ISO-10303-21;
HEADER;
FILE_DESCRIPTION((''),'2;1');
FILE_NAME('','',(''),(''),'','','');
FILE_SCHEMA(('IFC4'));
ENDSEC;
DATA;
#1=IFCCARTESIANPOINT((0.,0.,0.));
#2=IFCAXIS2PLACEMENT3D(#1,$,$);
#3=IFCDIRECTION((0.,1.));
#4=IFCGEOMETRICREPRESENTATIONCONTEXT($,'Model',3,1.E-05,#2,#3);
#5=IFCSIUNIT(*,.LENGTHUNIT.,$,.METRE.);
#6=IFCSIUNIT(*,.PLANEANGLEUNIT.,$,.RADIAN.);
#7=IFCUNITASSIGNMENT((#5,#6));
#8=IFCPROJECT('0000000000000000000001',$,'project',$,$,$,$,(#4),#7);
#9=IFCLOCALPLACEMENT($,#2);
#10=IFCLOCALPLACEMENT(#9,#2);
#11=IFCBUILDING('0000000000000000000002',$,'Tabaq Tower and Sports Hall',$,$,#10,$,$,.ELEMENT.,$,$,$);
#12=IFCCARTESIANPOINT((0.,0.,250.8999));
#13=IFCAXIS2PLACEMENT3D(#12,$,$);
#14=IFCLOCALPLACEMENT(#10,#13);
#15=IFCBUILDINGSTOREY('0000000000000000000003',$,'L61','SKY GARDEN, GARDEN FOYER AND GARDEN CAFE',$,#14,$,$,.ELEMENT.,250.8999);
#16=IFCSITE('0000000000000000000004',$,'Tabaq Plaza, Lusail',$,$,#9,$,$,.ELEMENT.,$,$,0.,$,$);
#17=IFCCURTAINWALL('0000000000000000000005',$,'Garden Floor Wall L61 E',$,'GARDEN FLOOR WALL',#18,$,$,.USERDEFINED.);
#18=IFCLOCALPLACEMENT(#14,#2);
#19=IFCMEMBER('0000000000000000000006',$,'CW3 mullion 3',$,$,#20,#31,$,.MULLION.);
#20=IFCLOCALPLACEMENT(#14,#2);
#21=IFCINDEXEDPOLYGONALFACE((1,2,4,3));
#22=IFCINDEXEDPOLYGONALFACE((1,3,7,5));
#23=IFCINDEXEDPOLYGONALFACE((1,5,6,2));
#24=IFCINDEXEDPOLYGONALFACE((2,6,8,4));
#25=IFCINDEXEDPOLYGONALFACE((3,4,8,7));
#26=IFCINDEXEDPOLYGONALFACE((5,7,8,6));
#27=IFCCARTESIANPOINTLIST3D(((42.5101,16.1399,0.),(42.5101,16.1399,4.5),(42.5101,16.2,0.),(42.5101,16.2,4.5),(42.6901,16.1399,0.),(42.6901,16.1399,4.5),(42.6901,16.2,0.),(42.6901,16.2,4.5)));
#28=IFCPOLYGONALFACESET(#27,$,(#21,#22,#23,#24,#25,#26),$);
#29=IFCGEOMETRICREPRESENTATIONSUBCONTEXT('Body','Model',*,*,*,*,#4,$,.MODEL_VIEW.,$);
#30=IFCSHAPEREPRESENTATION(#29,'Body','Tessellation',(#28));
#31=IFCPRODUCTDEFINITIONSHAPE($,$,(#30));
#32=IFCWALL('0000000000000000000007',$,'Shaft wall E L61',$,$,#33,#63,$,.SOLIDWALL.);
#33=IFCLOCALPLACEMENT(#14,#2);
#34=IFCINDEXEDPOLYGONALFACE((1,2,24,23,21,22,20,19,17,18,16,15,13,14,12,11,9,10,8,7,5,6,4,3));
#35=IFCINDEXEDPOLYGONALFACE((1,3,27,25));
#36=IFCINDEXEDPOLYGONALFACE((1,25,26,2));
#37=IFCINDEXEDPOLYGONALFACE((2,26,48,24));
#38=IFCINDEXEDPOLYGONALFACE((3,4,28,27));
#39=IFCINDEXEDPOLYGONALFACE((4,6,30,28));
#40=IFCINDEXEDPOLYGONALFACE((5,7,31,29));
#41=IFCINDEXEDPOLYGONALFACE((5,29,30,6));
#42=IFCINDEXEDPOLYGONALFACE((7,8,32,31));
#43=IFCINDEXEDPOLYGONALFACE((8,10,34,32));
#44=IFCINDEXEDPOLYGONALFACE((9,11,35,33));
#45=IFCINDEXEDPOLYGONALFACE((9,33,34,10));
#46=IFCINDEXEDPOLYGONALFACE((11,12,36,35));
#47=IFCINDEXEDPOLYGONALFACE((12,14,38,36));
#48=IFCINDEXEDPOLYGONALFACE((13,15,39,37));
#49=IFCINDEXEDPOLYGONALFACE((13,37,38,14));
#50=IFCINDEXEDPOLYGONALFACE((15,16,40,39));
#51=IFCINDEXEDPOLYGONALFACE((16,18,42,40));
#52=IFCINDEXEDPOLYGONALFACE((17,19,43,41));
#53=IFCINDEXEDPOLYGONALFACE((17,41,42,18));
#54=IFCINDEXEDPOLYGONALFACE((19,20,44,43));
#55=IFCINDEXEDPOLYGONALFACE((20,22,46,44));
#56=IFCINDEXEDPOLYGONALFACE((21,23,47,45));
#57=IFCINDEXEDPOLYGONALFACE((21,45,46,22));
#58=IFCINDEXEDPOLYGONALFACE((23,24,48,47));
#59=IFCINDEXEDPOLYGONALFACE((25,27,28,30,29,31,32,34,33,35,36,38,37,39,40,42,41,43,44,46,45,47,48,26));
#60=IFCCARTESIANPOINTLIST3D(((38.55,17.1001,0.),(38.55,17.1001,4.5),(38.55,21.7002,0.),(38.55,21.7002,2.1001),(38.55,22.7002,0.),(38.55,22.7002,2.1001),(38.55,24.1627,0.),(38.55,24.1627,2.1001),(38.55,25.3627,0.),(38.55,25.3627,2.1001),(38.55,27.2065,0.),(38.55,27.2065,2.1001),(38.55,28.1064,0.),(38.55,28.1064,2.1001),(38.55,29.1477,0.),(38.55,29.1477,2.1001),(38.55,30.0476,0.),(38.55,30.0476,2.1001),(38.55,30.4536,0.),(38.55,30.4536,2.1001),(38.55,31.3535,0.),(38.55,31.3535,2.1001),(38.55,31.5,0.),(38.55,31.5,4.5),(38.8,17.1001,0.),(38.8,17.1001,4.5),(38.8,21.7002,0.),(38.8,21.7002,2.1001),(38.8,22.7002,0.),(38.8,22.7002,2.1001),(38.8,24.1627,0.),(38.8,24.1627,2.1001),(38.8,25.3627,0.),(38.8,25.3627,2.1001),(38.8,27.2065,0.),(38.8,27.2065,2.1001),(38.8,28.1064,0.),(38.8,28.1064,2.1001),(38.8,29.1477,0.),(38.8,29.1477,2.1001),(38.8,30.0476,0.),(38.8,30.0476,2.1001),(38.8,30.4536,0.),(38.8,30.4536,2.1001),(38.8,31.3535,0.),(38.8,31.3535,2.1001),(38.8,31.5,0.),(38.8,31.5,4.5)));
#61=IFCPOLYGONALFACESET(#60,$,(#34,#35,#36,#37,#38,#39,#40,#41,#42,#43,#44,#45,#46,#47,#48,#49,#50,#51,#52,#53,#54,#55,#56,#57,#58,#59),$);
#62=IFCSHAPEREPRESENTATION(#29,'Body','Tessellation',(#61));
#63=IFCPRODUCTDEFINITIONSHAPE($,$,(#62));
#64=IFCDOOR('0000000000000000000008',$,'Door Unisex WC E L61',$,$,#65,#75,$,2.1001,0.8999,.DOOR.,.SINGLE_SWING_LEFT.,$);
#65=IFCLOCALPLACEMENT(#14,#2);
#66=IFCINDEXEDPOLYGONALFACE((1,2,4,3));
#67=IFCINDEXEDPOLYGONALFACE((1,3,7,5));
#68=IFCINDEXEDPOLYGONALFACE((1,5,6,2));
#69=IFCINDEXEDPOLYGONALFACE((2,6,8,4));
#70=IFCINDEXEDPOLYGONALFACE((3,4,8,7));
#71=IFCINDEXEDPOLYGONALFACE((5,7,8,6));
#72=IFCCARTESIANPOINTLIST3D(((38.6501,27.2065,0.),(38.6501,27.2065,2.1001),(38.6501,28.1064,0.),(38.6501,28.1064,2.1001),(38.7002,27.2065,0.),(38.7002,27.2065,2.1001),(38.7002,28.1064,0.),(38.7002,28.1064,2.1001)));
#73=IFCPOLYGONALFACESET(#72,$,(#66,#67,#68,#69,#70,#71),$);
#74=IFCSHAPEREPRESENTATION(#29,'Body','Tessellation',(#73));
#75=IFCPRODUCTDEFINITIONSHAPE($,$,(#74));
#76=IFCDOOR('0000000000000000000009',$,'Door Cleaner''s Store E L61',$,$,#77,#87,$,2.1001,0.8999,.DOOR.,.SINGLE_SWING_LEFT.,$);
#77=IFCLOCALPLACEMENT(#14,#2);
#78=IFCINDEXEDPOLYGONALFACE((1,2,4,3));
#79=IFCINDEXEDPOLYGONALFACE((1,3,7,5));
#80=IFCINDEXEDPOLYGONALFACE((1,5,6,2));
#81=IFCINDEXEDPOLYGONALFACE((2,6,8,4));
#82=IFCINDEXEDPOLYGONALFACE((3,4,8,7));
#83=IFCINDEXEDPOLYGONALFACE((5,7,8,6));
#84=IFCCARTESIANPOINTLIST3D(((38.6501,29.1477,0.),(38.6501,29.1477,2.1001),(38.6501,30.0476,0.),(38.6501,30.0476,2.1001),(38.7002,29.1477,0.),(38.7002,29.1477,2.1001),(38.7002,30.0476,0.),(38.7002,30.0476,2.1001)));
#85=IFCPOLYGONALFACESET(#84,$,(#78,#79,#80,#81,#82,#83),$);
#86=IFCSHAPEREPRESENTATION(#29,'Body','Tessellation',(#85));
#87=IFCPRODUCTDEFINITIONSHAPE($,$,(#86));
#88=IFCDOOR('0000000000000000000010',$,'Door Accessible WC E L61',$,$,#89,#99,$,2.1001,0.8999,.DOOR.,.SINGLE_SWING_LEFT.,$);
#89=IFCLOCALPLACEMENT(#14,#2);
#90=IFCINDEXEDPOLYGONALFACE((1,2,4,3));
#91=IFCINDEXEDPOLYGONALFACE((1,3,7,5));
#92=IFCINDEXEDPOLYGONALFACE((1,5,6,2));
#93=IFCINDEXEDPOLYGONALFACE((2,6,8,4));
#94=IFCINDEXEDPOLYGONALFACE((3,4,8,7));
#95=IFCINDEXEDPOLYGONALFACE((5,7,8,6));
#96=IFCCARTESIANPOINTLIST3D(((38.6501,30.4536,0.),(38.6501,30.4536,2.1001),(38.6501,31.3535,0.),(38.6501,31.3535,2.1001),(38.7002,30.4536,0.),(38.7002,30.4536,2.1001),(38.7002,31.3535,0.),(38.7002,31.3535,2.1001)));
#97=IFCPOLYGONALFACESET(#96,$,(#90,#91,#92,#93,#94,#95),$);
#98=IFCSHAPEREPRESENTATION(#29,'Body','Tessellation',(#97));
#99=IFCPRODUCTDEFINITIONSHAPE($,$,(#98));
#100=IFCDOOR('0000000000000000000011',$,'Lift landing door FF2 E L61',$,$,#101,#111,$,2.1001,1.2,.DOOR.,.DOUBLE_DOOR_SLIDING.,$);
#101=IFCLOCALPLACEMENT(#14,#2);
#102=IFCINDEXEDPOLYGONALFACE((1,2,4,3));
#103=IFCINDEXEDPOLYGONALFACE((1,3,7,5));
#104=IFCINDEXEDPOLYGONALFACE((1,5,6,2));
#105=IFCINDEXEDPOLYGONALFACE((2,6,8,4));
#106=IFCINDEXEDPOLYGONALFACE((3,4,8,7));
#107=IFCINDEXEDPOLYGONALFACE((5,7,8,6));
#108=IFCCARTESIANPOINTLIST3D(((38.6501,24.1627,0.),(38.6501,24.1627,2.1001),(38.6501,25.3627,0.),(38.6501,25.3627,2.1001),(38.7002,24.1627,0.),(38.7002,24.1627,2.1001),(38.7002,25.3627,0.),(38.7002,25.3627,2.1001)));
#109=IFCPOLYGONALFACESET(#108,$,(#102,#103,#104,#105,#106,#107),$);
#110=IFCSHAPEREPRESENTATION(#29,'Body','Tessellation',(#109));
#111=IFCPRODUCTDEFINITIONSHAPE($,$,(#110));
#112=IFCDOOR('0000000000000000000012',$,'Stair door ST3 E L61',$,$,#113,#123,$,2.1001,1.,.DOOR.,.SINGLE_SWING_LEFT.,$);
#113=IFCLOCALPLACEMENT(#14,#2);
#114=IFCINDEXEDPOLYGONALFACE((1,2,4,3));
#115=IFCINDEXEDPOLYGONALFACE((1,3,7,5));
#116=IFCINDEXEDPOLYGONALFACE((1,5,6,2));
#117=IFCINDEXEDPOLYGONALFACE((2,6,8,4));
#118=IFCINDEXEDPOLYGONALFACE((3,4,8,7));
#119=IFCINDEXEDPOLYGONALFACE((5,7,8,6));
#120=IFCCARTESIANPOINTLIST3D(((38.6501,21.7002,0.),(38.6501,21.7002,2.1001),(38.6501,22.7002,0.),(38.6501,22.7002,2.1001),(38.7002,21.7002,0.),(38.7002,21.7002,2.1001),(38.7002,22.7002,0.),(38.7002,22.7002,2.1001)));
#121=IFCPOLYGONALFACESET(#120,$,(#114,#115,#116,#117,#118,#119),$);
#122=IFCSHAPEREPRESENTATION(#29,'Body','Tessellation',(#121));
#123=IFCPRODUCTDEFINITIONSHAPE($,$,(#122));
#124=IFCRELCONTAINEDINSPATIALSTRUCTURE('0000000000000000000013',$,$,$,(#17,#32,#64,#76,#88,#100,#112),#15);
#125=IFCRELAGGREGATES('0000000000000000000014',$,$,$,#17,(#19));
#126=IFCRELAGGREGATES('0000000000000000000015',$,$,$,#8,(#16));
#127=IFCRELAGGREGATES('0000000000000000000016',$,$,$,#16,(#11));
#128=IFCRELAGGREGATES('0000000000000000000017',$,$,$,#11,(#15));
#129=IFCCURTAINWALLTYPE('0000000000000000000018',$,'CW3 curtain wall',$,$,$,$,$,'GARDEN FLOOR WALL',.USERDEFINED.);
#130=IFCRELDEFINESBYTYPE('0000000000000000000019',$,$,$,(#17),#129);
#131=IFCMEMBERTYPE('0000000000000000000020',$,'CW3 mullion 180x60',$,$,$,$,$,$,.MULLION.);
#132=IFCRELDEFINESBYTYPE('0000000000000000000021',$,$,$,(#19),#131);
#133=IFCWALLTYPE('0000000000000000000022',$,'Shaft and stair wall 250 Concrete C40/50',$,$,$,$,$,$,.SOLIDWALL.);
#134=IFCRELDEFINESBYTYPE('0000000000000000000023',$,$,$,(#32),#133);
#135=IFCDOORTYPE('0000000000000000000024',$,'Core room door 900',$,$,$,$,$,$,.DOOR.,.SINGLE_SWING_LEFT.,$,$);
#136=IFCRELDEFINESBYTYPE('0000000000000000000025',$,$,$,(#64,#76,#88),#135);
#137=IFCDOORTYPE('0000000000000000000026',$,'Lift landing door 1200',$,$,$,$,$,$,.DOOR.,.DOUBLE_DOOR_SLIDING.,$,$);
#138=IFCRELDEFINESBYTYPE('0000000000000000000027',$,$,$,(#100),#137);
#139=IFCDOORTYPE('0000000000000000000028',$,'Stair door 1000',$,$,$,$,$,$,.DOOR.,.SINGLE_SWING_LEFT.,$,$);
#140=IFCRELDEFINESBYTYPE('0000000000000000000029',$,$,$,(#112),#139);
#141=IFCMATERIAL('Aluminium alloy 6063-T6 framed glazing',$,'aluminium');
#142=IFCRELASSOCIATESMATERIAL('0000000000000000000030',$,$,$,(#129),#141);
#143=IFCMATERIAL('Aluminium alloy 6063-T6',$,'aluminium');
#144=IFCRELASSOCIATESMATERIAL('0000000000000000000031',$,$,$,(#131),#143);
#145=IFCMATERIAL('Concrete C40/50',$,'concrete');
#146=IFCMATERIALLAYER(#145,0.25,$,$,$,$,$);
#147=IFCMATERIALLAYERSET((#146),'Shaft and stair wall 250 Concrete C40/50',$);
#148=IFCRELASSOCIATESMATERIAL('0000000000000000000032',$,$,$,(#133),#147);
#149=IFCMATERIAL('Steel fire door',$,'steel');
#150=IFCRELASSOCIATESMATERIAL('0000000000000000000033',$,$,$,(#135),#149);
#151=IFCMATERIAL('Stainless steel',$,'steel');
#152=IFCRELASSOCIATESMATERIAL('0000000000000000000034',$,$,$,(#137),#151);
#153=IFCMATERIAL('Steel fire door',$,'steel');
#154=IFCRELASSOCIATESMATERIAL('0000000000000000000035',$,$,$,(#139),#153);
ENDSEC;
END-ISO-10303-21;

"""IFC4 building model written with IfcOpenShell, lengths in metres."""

from ifc_helpers import new_model, si_unit, direction, frame, frame_2d, origin, origin_2d, place, context, subcontext, project, spatial, rectangle, extrude, material, layer, layer_set, material_profile, profile_set, type_object, element, fill, aggregate, save


model = new_model("IFC4")

# Units and contexts
model_context = context("Model", 3, precision=1e-05, world=origin(), true_north=direction((0.0, 1.0)))
body_context = subcontext(model_context, "Body", "Model", "MODEL_VIEW")
ifc_project = project(units=[si_unit("LENGTHUNIT", "METRE"), si_unit("PLANEANGLEUNIT", "RADIAN")], contexts=[model_context])

# Site, building, storey
site_placement = place(None, origin())
site = spatial("IfcSite", under=ifc_project, at=site_placement, Name="Tabaq Plaza, Lusail", CompositionType="ELEMENT", RefElevation=0.0)
building_placement = place(site_placement, origin())
building = spatial("IfcBuilding", under=site, at=building_placement, Name="Tabaq Tower and Sports Hall", CompositionType="ELEMENT")
storey_placement = place(building_placement, frame((0.0, 0.0, 250.8999)))
storey = spatial("IfcBuildingStorey", under=building, at=storey_placement, Name="L61", Description="SKY GARDEN, GARDEN FOYER AND GARDEN CAFE", CompositionType="ELEMENT", Elevation=250.8999)

# Curtain wall, member
ifc_material_1 = material(Name="Aluminium alloy 6063-T6 framed glazing", Category="aluminium")
curtain_wall_type = type_object("IfcCurtainWallType", Name="CW3 curtain wall", ElementType="GARDEN FLOOR WALL", PredefinedType="USERDEFINED", material=ifc_material_1)
curtain_wall_placement = place(storey_placement, origin())
curtain_wall = element("IfcCurtainWall", 1, at=curtain_wall_placement, inside=storey, type_object=curtain_wall_type, Name="Garden Floor Wall L61 E", ObjectType="GARDEN FLOOR WALL", PredefinedType="USERDEFINED")
ifc_material_2 = material(Name="Aluminium alloy 6063-T6", Category="aluminium")
ifc_material_profile = material_profile(ifc_material_2, rectangle(XDim=0.1799, YDim=0.0601, at=origin_2d()), Name="MULLION 180x60")
ifc_profile_set = profile_set([ifc_material_profile], Name="Aluminium alloy 6063-T6")
member_type = type_object("IfcMemberType", Name="CW3 mullion 180x60", PredefinedType="MULLION", material=ifc_profile_set)
member_placement = place(storey_placement, frame((42.6001, 16.1699, 0.0), z_axis=(0.0, 0.0, 1.0), x_axis=(-1.0, 0.0, 0.0)))
member = element("IfcMember", 2, at=member_placement, type_object=member_type, Name="CW3 mullion 3", PredefinedType="MULLION", context=body_context, shape_type="SweptSolid", body=[
    extrude(rectangle(XDim=0.1799, YDim=0.0601, at=origin_2d()), origin(), (0.0, 0.0, 1.0), 4.5),
])
aggregate(curtain_wall, [member])

# Wall, openings, doors
ifc_material_3 = material(Name="Concrete C40/50", Category="concrete")
ifc_layer_1 = layer(ifc_material_3, 0.25)
ifc_layer_set_1 = layer_set([ifc_layer_1], Name="Shaft and stair wall 250 Concrete C40/50")
wall_type_1 = type_object("IfcWallType", Name="Shaft and stair wall 250 Concrete C40/50", PredefinedType="SOLIDWALL", material=ifc_layer_set_1)
wall_1_placement = place(storey_placement, frame((38.675, 17.1001, 0.0), z_axis=(0.0, 0.0, 1.0), x_axis=(0.0, 1.0, 0.0)))
wall_1 = element("IfcWall", 3, at=wall_1_placement, inside=storey, type_object=wall_type_1, Name="Shaft wall E L61", PredefinedType="SOLIDWALL", context=body_context, shape_type="SweptSolid", body=[
    extrude(rectangle(XDim=14.3999, YDim=0.25, at=frame_2d((7.2, 0.0))), origin(), (0.0, 0.0, 1.0), 4.5),
])
opening_1_placement = place(wall_1_placement, frame((4.6001, 0.0, 0.0)))
opening_1 = element("IfcOpeningElement", 4, at=opening_1_placement, cuts=wall_1, PredefinedType="OPENING", context=body_context, shape_type="SweptSolid", body=[
    extrude(rectangle(XDim=1.0, YDim=2.1001, at=frame_2d((0.5, 1.05))), frame((0.0, 0.125, 0.0), z_axis=(0.0, -1.0, 0.0), x_axis=(1.0, 0.0, 0.0)), (0.0, 0.0, 1.0), 0.25),
])
opening_2_placement = place(wall_1_placement, frame((7.0625, 0.0, 0.0)))
opening_2 = element("IfcOpeningElement", 5, at=opening_2_placement, cuts=wall_1, PredefinedType="OPENING", context=body_context, shape_type="SweptSolid", body=[
    extrude(rectangle(XDim=1.2, YDim=2.1001, at=frame_2d((0.6001, 1.05))), frame((0.0, 0.125, 0.0), z_axis=(0.0, -1.0, 0.0), x_axis=(1.0, 0.0, 0.0)), (0.0, 0.0, 1.0), 0.25),
])
opening_3_placement = place(wall_1_placement, frame((10.1064, 0.0, 0.0)))
opening_3 = element("IfcOpeningElement", 6, at=opening_3_placement, cuts=wall_1, PredefinedType="OPENING", context=body_context, shape_type="SweptSolid", body=[
    extrude(rectangle(XDim=0.8999, YDim=2.1001, at=frame_2d((0.45, 1.05))), frame((0.0, 0.125, 0.0), z_axis=(0.0, -1.0, 0.0), x_axis=(1.0, 0.0, 0.0)), (0.0, 0.0, 1.0), 0.25),
])
opening_4_placement = place(wall_1_placement, frame((12.0476, 0.0, 0.0)))
opening_4 = element("IfcOpeningElement", 7, at=opening_4_placement, cuts=wall_1, PredefinedType="OPENING", context=body_context, shape_type="SweptSolid", body=[
    extrude(rectangle(XDim=0.8999, YDim=2.1001, at=frame_2d((0.45, 1.05))), frame((0.0, 0.125, 0.0), z_axis=(0.0, -1.0, 0.0), x_axis=(1.0, 0.0, 0.0)), (0.0, 0.0, 1.0), 0.25),
])
opening_5_placement = place(wall_1_placement, frame((13.3535, 0.0, 0.0)))
opening_5 = element("IfcOpeningElement", 8, at=opening_5_placement, cuts=wall_1, PredefinedType="OPENING", context=body_context, shape_type="SweptSolid", body=[
    extrude(rectangle(XDim=0.8999, YDim=2.1001, at=frame_2d((0.45, 1.05))), frame((0.0, 0.125, 0.0), z_axis=(0.0, -1.0, 0.0), x_axis=(1.0, 0.0, 0.0)), (0.0, 0.0, 1.0), 0.25),
])
ifc_material_4 = material(Name="Steel fire door", Category="steel")
door_type_1 = type_object("IfcDoorType", Name="Core room door 900", OperationType="SINGLE_SWING_LEFT", PredefinedType="DOOR", material=ifc_material_4)
door_1_placement = place(opening_3_placement, origin())
door_1 = element("IfcDoor", 9, at=door_1_placement, inside=storey, type_object=door_type_1, Name="Door Unisex WC E L61", OperationType="SINGLE_SWING_LEFT", OverallHeight=2.1001, OverallWidth=0.8999, PredefinedType="DOOR", context=body_context, shape_type="SweptSolid", body=[
    extrude(rectangle(XDim=0.8999, YDim=2.1001, at=frame_2d((0.45, 1.05))), frame((0.0, 0.0249, 0.0), z_axis=(0.0, -1.0, 0.0), x_axis=(1.0, 0.0, 0.0)), (0.0, 0.0, 1.0), 0.05),
])
fill(opening_3, door_1)
door_2_placement = place(opening_4_placement, origin())
door_2 = element("IfcDoor", 10, at=door_2_placement, inside=storey, type_object=door_type_1, Name="Door Cleaner's Store E L61", OperationType="SINGLE_SWING_LEFT", OverallHeight=2.1001, OverallWidth=0.8999, PredefinedType="DOOR", context=body_context, shape_type="SweptSolid", body=[
    extrude(rectangle(XDim=0.8999, YDim=2.1001, at=frame_2d((0.45, 1.05))), frame((0.0, 0.0249, 0.0), z_axis=(0.0, -1.0, 0.0), x_axis=(1.0, 0.0, 0.0)), (0.0, 0.0, 1.0), 0.05),
])
fill(opening_4, door_2)
door_3_placement = place(opening_5_placement, origin())
door_3 = element("IfcDoor", 11, at=door_3_placement, inside=storey, type_object=door_type_1, Name="Door Accessible WC E L61", OperationType="SINGLE_SWING_LEFT", OverallHeight=2.1001, OverallWidth=0.8999, PredefinedType="DOOR", context=body_context, shape_type="SweptSolid", body=[
    extrude(rectangle(XDim=0.8999, YDim=2.1001, at=frame_2d((0.45, 1.05))), frame((0.0, 0.0249, 0.0), z_axis=(0.0, -1.0, 0.0), x_axis=(1.0, 0.0, 0.0)), (0.0, 0.0, 1.0), 0.05),
])
fill(opening_5, door_3)
ifc_material_5 = material(Name="Stainless steel", Category="steel")
door_type_2 = type_object("IfcDoorType", Name="Lift landing door 1200", OperationType="DOUBLE_DOOR_SLIDING", PredefinedType="DOOR", material=ifc_material_5)
door_4_placement = place(opening_2_placement, origin())
door_4 = element("IfcDoor", 12, at=door_4_placement, inside=storey, type_object=door_type_2, Name="Lift landing door FF2 E L61", OperationType="DOUBLE_DOOR_SLIDING", OverallHeight=2.1001, OverallWidth=1.2, PredefinedType="DOOR", context=body_context, shape_type="SweptSolid", body=[
    extrude(rectangle(XDim=1.2, YDim=2.1001, at=frame_2d((0.6001, 1.05))), frame((0.0, 0.0249, 0.0), z_axis=(0.0, -1.0, 0.0), x_axis=(1.0, 0.0, 0.0)), (0.0, 0.0, 1.0), 0.05),
])
fill(opening_2, door_4)
ifc_material_6 = material(Name="Steel fire door", Category="steel")
door_type_3 = type_object("IfcDoorType", Name="Stair door 1000", OperationType="SINGLE_SWING_LEFT", PredefinedType="DOOR", material=ifc_material_6)
door_5_placement = place(opening_1_placement, origin())
door_5 = element("IfcDoor", 13, at=door_5_placement, inside=storey, type_object=door_type_3, Name="Stair door ST3 E L61", OperationType="SINGLE_SWING_LEFT", OverallHeight=2.1001, OverallWidth=1.0, PredefinedType="DOOR", context=body_context, shape_type="SweptSolid", body=[
    extrude(rectangle(XDim=1.0, YDim=2.1001, at=frame_2d((0.5, 1.05))), frame((0.0, 0.0249, 0.0), z_axis=(0.0, -1.0, 0.0), x_axis=(1.0, 0.0, 0.0)), (0.0, 0.0, 1.0), 0.05),
])
fill(opening_1, door_5)

save(model, "model.ifc")
